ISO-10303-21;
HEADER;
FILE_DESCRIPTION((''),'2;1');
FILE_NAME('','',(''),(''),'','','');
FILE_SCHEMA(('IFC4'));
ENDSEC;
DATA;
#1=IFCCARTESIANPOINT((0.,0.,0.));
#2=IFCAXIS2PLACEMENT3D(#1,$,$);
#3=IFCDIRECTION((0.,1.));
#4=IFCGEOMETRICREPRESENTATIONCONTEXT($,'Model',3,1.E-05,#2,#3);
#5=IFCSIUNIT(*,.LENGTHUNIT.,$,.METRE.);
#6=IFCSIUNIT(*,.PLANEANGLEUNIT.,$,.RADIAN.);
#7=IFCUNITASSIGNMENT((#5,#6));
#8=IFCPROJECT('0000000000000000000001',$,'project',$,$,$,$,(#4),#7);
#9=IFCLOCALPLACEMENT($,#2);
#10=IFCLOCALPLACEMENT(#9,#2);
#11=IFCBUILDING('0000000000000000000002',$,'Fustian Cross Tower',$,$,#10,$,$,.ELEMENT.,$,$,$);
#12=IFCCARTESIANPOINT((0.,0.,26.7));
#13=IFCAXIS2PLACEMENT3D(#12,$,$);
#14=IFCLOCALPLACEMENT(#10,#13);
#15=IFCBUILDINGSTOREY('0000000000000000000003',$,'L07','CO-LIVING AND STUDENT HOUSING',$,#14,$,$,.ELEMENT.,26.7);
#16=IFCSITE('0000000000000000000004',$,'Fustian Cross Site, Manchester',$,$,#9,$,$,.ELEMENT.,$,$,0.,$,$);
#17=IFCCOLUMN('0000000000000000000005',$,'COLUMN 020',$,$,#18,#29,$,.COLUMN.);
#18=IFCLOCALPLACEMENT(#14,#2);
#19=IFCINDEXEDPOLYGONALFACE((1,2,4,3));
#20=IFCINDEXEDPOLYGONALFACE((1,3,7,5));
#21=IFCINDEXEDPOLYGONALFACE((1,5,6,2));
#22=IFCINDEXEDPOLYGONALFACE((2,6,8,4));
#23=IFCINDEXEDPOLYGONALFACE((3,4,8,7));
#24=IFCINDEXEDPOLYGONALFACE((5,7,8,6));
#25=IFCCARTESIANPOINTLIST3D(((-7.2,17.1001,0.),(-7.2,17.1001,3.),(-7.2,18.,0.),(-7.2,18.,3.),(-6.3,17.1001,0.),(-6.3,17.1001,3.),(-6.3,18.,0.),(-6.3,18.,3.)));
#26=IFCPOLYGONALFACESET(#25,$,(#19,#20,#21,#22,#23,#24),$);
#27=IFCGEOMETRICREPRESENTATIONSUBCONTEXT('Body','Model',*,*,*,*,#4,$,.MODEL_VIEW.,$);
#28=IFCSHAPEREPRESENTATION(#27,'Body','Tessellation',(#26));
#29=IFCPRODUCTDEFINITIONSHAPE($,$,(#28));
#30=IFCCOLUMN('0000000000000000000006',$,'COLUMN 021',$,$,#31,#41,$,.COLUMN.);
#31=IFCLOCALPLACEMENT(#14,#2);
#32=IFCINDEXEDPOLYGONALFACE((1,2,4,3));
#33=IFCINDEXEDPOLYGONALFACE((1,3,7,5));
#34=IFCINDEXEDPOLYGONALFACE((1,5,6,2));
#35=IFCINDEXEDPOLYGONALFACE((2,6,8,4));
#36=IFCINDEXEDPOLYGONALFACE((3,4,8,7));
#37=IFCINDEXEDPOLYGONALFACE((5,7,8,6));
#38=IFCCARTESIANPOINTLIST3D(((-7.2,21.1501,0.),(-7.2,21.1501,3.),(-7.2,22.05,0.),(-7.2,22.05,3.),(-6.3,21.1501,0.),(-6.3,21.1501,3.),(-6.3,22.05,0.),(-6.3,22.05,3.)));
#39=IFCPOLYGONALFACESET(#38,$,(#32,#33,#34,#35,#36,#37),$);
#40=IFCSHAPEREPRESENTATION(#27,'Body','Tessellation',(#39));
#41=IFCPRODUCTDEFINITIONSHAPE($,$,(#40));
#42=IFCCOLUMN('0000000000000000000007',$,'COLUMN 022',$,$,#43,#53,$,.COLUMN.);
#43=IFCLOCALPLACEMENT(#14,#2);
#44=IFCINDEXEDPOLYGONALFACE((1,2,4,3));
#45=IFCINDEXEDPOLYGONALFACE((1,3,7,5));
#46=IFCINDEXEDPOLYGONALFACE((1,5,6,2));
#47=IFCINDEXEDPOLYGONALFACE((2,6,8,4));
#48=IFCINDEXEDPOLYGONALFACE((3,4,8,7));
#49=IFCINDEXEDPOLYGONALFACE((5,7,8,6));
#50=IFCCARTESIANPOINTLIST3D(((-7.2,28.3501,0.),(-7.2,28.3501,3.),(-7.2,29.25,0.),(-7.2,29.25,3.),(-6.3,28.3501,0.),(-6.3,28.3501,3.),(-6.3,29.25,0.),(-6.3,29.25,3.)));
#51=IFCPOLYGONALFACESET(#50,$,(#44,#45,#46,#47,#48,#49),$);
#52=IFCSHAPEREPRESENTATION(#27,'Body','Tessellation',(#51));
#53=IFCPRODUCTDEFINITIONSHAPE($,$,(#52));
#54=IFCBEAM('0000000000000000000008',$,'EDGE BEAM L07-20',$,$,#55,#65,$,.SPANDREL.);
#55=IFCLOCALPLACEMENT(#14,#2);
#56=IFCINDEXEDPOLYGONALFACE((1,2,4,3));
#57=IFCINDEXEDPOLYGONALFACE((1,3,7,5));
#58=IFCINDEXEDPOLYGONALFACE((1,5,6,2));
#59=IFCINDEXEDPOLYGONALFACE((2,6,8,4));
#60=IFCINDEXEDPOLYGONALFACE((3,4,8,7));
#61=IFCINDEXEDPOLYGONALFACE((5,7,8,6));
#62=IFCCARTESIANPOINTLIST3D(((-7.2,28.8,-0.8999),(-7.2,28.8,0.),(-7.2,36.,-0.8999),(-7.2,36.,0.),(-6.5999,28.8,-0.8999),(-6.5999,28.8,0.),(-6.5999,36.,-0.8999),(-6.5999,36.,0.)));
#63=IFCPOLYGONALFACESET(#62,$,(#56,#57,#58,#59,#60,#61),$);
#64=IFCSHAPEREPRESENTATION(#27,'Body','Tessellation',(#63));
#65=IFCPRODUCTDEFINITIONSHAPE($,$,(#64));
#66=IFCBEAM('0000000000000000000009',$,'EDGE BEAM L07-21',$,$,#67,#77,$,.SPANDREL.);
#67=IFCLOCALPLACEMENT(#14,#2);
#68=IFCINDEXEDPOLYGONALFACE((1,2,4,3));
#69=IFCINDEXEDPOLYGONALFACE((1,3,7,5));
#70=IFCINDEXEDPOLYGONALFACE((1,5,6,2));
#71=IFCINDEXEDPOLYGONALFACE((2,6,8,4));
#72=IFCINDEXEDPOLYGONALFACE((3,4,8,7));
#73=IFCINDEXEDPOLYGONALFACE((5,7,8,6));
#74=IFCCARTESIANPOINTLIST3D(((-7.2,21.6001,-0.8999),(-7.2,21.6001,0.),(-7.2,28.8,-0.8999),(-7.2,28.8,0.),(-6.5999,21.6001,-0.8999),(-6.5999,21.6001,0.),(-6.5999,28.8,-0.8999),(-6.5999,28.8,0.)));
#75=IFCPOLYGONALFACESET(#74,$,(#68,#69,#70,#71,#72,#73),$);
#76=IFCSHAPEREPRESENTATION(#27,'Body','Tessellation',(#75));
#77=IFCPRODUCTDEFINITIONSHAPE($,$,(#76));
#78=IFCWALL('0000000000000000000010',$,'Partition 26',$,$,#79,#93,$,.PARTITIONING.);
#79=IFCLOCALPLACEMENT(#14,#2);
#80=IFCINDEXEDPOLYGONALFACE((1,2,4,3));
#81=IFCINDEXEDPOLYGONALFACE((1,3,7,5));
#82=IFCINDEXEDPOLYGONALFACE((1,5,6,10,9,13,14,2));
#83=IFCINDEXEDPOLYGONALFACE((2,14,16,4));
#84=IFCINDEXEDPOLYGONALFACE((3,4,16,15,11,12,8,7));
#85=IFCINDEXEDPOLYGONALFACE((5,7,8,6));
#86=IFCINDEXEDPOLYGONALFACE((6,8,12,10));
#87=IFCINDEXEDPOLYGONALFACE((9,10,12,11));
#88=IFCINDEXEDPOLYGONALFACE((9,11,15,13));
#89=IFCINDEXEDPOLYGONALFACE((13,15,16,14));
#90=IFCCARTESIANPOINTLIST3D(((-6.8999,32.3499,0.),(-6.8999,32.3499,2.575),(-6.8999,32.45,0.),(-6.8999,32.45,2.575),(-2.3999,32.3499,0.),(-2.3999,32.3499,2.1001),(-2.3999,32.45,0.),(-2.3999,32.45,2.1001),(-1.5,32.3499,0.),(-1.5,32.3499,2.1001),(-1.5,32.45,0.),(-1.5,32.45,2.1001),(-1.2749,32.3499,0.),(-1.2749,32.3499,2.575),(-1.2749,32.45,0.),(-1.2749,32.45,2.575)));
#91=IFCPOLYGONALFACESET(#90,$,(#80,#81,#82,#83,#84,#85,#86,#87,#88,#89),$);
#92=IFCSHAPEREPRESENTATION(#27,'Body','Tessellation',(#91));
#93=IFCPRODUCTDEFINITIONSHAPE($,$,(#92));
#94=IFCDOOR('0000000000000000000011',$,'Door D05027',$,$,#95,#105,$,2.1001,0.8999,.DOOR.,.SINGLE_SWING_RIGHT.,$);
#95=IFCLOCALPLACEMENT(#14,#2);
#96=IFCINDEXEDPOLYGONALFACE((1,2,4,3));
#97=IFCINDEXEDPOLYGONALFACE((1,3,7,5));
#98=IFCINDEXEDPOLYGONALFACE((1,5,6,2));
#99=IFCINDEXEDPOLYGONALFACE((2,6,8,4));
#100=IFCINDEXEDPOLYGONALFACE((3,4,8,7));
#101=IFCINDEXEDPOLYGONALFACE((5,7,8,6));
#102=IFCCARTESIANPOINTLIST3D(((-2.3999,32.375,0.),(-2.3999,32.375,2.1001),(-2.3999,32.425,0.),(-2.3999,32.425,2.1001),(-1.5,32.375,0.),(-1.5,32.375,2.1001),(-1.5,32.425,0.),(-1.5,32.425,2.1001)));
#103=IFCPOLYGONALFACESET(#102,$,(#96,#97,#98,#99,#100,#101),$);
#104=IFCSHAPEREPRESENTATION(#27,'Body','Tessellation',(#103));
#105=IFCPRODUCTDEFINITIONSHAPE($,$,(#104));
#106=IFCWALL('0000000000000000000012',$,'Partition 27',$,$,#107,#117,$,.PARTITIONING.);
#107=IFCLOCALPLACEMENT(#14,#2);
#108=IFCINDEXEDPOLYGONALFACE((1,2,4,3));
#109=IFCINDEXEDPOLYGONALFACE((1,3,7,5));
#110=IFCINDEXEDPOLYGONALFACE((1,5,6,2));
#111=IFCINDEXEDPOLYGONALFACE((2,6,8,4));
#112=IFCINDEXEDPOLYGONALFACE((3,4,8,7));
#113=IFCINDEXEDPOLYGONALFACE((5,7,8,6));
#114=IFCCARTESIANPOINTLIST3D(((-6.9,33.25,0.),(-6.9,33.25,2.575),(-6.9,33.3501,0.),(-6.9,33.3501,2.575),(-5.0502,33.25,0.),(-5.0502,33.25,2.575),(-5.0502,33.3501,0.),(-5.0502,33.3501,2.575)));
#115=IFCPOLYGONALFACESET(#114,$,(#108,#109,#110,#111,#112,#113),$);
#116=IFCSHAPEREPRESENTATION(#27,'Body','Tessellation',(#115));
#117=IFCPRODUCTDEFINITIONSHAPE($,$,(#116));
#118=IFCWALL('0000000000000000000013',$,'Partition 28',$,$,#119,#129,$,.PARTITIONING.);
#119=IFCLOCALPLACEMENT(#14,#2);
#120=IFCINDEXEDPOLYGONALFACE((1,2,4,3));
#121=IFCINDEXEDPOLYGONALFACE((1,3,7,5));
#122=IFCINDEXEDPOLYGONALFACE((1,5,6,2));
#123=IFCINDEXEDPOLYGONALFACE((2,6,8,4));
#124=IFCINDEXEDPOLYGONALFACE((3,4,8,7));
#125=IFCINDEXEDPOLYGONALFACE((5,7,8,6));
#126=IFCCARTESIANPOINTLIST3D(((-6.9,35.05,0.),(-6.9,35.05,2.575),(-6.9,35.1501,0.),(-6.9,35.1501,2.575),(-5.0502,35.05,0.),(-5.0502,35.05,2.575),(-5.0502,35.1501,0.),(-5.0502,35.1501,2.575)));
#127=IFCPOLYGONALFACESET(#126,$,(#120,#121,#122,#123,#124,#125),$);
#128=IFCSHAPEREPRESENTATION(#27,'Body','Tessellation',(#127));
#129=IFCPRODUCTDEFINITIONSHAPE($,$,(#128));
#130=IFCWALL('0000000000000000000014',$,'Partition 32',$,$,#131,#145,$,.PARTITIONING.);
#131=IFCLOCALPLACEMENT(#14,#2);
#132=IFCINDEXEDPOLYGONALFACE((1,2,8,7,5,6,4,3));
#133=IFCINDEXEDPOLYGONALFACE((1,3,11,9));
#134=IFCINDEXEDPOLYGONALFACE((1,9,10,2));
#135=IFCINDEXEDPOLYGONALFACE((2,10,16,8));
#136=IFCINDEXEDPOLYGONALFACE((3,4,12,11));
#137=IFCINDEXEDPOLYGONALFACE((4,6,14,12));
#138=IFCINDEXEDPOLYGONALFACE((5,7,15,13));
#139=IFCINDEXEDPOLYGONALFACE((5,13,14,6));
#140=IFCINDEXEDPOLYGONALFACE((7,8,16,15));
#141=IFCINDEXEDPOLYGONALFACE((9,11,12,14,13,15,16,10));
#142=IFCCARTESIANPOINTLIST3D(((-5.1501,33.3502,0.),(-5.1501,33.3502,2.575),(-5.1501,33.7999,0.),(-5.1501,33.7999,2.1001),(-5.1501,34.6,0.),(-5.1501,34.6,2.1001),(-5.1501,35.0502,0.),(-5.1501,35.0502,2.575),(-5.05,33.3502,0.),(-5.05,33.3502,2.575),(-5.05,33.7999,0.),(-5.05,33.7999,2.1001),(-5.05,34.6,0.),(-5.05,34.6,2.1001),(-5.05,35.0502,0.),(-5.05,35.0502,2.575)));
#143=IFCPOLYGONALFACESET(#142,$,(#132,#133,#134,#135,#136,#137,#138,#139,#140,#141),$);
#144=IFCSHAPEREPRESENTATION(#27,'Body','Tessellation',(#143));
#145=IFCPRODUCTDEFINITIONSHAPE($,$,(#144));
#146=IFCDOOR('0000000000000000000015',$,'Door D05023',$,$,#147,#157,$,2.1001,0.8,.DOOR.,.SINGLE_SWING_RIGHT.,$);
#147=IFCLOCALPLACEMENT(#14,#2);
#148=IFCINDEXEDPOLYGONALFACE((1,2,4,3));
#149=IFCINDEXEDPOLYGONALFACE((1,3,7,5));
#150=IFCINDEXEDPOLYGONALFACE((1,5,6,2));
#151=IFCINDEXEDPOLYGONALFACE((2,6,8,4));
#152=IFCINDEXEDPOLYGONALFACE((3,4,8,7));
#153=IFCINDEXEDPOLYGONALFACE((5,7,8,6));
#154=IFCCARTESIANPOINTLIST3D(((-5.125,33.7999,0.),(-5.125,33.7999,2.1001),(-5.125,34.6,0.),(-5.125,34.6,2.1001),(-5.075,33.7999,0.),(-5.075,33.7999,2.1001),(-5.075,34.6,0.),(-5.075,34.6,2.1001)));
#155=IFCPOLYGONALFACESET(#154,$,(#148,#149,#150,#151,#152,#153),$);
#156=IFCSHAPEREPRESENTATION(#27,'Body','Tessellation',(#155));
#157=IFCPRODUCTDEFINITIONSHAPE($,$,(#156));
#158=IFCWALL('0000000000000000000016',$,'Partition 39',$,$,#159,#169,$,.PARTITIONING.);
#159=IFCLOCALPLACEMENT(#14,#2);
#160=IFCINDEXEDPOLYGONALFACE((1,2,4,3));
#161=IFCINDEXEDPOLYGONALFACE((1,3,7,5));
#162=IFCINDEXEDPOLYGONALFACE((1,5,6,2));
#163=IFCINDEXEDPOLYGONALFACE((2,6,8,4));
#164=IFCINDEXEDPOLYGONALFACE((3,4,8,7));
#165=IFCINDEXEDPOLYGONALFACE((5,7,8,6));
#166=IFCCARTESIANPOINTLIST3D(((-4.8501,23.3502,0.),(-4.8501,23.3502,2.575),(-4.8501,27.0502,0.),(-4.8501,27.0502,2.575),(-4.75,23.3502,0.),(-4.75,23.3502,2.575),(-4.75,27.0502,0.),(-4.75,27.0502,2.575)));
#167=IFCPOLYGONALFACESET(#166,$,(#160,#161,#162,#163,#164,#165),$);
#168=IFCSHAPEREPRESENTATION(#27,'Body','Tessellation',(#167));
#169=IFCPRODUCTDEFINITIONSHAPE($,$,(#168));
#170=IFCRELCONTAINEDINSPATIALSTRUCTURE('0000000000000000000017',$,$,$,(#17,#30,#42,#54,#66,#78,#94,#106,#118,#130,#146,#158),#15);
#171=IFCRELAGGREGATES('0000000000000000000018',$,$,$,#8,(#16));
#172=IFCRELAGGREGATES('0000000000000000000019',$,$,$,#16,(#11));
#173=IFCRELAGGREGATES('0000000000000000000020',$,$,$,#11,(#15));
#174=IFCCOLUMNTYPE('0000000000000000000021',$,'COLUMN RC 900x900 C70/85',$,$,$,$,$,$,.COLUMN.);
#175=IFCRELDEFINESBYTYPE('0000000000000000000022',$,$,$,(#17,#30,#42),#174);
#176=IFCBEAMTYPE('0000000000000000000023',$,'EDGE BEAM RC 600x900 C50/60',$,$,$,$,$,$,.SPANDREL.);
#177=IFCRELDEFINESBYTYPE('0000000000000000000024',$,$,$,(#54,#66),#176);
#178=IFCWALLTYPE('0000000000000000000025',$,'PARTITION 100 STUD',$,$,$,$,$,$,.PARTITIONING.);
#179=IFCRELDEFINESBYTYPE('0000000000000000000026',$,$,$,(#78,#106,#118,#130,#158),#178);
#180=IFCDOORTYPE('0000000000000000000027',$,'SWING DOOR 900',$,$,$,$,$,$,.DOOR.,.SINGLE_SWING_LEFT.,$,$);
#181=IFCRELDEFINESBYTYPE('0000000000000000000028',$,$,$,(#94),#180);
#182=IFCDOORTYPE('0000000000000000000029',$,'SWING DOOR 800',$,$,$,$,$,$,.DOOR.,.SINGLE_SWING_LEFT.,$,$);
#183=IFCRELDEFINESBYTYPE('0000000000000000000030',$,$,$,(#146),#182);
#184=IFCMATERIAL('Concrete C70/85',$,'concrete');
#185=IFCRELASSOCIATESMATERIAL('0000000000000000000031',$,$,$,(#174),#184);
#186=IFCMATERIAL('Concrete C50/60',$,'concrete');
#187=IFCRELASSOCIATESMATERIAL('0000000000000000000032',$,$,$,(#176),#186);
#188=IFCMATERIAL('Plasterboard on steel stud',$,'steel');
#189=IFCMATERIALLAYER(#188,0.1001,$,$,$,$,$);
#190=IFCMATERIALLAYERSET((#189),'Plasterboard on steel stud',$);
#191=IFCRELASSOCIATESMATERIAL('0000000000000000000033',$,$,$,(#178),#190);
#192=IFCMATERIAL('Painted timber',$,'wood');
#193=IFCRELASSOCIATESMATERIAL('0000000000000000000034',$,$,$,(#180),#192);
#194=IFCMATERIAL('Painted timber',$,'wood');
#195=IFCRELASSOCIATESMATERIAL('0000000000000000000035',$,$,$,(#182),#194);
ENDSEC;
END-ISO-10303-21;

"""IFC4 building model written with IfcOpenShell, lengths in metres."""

from ifc_helpers import new_model, si_unit, direction, frame, frame_2d, origin, origin_2d, place, context, subcontext, project, spatial, rectangle, extrude, material, layer, layer_set, material_profile, profile_set, type_object, element, fill, save


model = new_model("IFC4")

# Units and contexts
model_context = context("Model", 3, precision=1e-05, world=origin(), true_north=direction((0.0, 1.0)))
body_context = subcontext(model_context, "Body", "Model", "MODEL_VIEW")
ifc_project = project(units=[si_unit("LENGTHUNIT", "METRE"), si_unit("PLANEANGLEUNIT", "RADIAN")], contexts=[model_context])

# Site, building, storey
site_placement = place(None, origin())
site = spatial("IfcSite", under=ifc_project, at=site_placement, Name="Fustian Cross Site, Manchester", CompositionType="ELEMENT", RefElevation=0.0)
building_placement = place(site_placement, origin())
building = spatial("IfcBuilding", under=site, at=building_placement, Name="Fustian Cross Tower", CompositionType="ELEMENT")
storey_placement = place(building_placement, frame((0.0, 0.0, 26.7)))
storey = spatial("IfcBuildingStorey", under=building, at=storey_placement, Name="L07", Description="CO-LIVING AND STUDENT HOUSING", CompositionType="ELEMENT", Elevation=26.7)

# Columns
ifc_material_1 = material(Name="Concrete C70/85", Category="concrete")
ifc_material_profile_1 = material_profile(ifc_material_1, rectangle(XDim=0.8999, YDim=0.8999, at=origin_2d()), Name="RC 900x900")
ifc_profile_set_1 = profile_set([ifc_material_profile_1], Name="Concrete C70/85")
column_type = type_object("IfcColumnType", Name="COLUMN RC 900x900 C70/85", PredefinedType="COLUMN", material=ifc_profile_set_1)
for number, where, z_axis, x_axis, name in (
    (1, (-6.75, 17.55, 0.0), (0.0, 0.0, 1.0), (1.0, 0.0, 0.0), "COLUMN 020"),
    (2, (-6.75, 21.6001, 0.0), (0.0, 0.0, 1.0), (1.0, 0.0, 0.0), "COLUMN 021"),
    (3, (-6.75, 28.8, 0.0), (0.0, 0.0, 1.0), (1.0, 0.0, 0.0), "COLUMN 022"),
):
    element("IfcColumn", number, at=place(storey_placement, frame(where, z_axis=z_axis, x_axis=x_axis)), inside=storey, type_object=column_type, Name=name, PredefinedType="COLUMN", context=body_context, shape_type="SweptSolid", body=[
        extrude(rectangle(XDim=0.8999, YDim=0.8999, at=origin_2d()), origin(), (0.0, 0.0, 1.0), 3.0),
    ])

# Beams
ifc_material_2 = material(Name="Concrete C50/60", Category="concrete")
ifc_material_profile_2 = material_profile(ifc_material_2, rectangle(XDim=0.6001, YDim=0.8999, at=origin_2d()), Name="RC 600x900")
ifc_profile_set_2 = profile_set([ifc_material_profile_2], Name="Concrete C50/60")
beam_type = type_object("IfcBeamType", Name="EDGE BEAM RC 600x900 C50/60", PredefinedType="SPANDREL", material=ifc_profile_set_2)
for number, where, z_axis, x_axis, name in (
    (4, (-6.8999, 36.0, -0.45), (0.0, -1.0, 0.0), (1.0, 0.0, 0.0), "EDGE BEAM L07-20"),
    (5, (-6.8999, 28.8, -0.45), (0.0, -1.0, 0.0), (1.0, 0.0, 0.0), "EDGE BEAM L07-21"),
):
    element("IfcBeam", number, at=place(storey_placement, frame(where, z_axis=z_axis, x_axis=x_axis)), inside=storey, type_object=beam_type, Name=name, PredefinedType="SPANDREL", context=body_context, shape_type="SweptSolid", body=[
        extrude(rectangle(XDim=0.6001, YDim=0.8999, at=origin_2d()), origin(), (0.0, 0.0, 1.0), 7.2),
    ])

# Wall, opening, door
ifc_material_3 = material(Name="Plasterboard on steel stud", Category="steel")
ifc_layer = layer(ifc_material_3, 0.1001)
ifc_layer_set = layer_set([ifc_layer], Name="Plasterboard on steel stud")
wall_type = type_object("IfcWallType", Name="PARTITION 100 STUD", PredefinedType="PARTITIONING", material=ifc_layer_set)
wall_1_placement = place(storey_placement, frame((-6.8999, 32.3999, 0.0), z_axis=(0.0, 0.0, 1.0), x_axis=(1.0, 0.0, 0.0)))
wall_1 = element("IfcWall", 6, at=wall_1_placement, inside=storey, type_object=wall_type, Name="Partition 26", PredefinedType="PARTITIONING", context=body_context, shape_type="SweptSolid", body=[
    extrude(rectangle(XDim=5.625, YDim=0.1001, at=frame_2d((2.8125, 0.0))), origin(), (0.0, 0.0, 1.0), 2.575),
])
opening_1_placement = place(wall_1_placement, frame((4.5, 0.0, 0.0)))
opening_1 = element("IfcOpeningElement", 7, at=opening_1_placement, cuts=wall_1, PredefinedType="OPENING", context=body_context, shape_type="SweptSolid", body=[
    extrude(rectangle(XDim=0.8999, YDim=2.1001, at=frame_2d((0.45, 1.05))), frame((0.0, 0.0601, 0.0), z_axis=(0.0, -1.0, 0.0), x_axis=(1.0, 0.0, 0.0)), (0.0, 0.0, 1.0), 0.1201),
])
ifc_material_4 = material(Name="Painted timber", Category="wood")
door_type_1 = type_object("IfcDoorType", Name="SWING DOOR 900", OperationType="SINGLE_SWING_LEFT", PredefinedType="DOOR", material=ifc_material_4)
door_1_placement = place(opening_1_placement, frame((0.8999, 0.0, 0.0), z_axis=(0.0, 0.0, 1.0), x_axis=(-1.0, 0.0, 0.0)))
door_1 = element("IfcDoor", 8, at=door_1_placement, inside=storey, type_object=door_type_1, Name="Door D05027", OperationType="SINGLE_SWING_RIGHT", OverallHeight=2.1001, OverallWidth=0.8999, PredefinedType="DOOR", context=body_context, shape_type="SweptSolid", body=[
    extrude(rectangle(XDim=0.8999, YDim=2.1001, at=frame_2d((0.45, 1.05))), frame((0.0, 0.0249, 0.0), z_axis=(0.0, -1.0, 0.0), x_axis=(1.0, 0.0, 0.0)), (0.0, 0.0, 1.0), 0.05),
])
fill(opening_1, door_1)

# Walls
for number, where, z_axis, x_axis, name in (
    (9, (-6.8999, 33.3, 0.0), (0.0, 0.0, 1.0), (1.0, 0.0, 0.0), "Partition 27"),
    (10, (-6.8999, 35.1001, 0.0), (0.0, 0.0, 1.0), (1.0, 0.0, 0.0), "Partition 28"),
):
    element("IfcWall", number, at=place(storey_placement, frame(where, z_axis=z_axis, x_axis=x_axis)), inside=storey, type_object=wall_type, Name=name, PredefinedType="PARTITIONING", context=body_context, shape_type="SweptSolid", body=[
        extrude(rectangle(XDim=1.8499, YDim=0.1001, at=frame_2d((0.9248, 0.0))), origin(), (0.0, 0.0, 1.0), 2.575),
    ])

# Wall, opening, door
wall_2_placement = place(storey_placement, frame((-5.1001, 33.3501, 0.0), z_axis=(0.0, 0.0, 1.0), x_axis=(0.0, 1.0, 0.0)))
wall_2 = element("IfcWall", 11, at=wall_2_placement, inside=storey, type_object=wall_type, Name="Partition 32", PredefinedType="PARTITIONING", context=body_context, shape_type="SweptSolid", body=[
    extrude(rectangle(XDim=1.7, YDim=0.1001, at=frame_2d((0.8501, 0.0))), origin(), (0.0, 0.0, 1.0), 2.575),
])
opening_2_placement = place(wall_2_placement, frame((0.45, 0.0, 0.0)))
opening_2 = element("IfcOpeningElement", 12, at=opening_2_placement, cuts=wall_2, PredefinedType="OPENING", context=body_context, shape_type="SweptSolid", body=[
    extrude(rectangle(XDim=0.8, YDim=2.1001, at=frame_2d((0.3999, 1.05))), frame((0.0, 0.0601, 0.0), z_axis=(0.0, -1.0, 0.0), x_axis=(1.0, 0.0, 0.0)), (0.0, 0.0, 1.0), 0.1201),
])
ifc_material_5 = material(Name="Painted timber", Category="wood")
door_type_2 = type_object("IfcDoorType", Name="SWING DOOR 800", OperationType="SINGLE_SWING_LEFT", PredefinedType="DOOR", material=ifc_material_5)
door_2_placement = place(opening_2_placement, origin())
door_2 = element("IfcDoor", 13, at=door_2_placement, inside=storey, type_object=door_type_2, Name="Door D05023", OperationType="SINGLE_SWING_RIGHT", OverallHeight=2.1001, OverallWidth=0.8, PredefinedType="DOOR", context=body_context, shape_type="SweptSolid", body=[
    extrude(rectangle(XDim=0.8, YDim=2.1001, at=frame_2d((0.3999, 1.05))), frame((0.0, 0.0249, 0.0), z_axis=(0.0, -1.0, 0.0), x_axis=(1.0, 0.0, 0.0)), (0.0, 0.0, 1.0), 0.05),
])
fill(opening_2, door_2)

# Wall
wall_3_placement = place(storey_placement, frame((-4.8, 23.3501, 0.0), z_axis=(0.0, 0.0, 1.0), x_axis=(0.0, 1.0, 0.0)))
element("IfcWall", 14, at=wall_3_placement, inside=storey, type_object=wall_type, Name="Partition 39", PredefinedType="PARTITIONING", context=body_context, shape_type="SweptSolid", body=[
    extrude(rectangle(XDim=3.7, YDim=0.1001, at=frame_2d((1.8501, 0.0))), origin(), (0.0, 0.0, 1.0), 2.575),
])

save(model, "model.ifc")
